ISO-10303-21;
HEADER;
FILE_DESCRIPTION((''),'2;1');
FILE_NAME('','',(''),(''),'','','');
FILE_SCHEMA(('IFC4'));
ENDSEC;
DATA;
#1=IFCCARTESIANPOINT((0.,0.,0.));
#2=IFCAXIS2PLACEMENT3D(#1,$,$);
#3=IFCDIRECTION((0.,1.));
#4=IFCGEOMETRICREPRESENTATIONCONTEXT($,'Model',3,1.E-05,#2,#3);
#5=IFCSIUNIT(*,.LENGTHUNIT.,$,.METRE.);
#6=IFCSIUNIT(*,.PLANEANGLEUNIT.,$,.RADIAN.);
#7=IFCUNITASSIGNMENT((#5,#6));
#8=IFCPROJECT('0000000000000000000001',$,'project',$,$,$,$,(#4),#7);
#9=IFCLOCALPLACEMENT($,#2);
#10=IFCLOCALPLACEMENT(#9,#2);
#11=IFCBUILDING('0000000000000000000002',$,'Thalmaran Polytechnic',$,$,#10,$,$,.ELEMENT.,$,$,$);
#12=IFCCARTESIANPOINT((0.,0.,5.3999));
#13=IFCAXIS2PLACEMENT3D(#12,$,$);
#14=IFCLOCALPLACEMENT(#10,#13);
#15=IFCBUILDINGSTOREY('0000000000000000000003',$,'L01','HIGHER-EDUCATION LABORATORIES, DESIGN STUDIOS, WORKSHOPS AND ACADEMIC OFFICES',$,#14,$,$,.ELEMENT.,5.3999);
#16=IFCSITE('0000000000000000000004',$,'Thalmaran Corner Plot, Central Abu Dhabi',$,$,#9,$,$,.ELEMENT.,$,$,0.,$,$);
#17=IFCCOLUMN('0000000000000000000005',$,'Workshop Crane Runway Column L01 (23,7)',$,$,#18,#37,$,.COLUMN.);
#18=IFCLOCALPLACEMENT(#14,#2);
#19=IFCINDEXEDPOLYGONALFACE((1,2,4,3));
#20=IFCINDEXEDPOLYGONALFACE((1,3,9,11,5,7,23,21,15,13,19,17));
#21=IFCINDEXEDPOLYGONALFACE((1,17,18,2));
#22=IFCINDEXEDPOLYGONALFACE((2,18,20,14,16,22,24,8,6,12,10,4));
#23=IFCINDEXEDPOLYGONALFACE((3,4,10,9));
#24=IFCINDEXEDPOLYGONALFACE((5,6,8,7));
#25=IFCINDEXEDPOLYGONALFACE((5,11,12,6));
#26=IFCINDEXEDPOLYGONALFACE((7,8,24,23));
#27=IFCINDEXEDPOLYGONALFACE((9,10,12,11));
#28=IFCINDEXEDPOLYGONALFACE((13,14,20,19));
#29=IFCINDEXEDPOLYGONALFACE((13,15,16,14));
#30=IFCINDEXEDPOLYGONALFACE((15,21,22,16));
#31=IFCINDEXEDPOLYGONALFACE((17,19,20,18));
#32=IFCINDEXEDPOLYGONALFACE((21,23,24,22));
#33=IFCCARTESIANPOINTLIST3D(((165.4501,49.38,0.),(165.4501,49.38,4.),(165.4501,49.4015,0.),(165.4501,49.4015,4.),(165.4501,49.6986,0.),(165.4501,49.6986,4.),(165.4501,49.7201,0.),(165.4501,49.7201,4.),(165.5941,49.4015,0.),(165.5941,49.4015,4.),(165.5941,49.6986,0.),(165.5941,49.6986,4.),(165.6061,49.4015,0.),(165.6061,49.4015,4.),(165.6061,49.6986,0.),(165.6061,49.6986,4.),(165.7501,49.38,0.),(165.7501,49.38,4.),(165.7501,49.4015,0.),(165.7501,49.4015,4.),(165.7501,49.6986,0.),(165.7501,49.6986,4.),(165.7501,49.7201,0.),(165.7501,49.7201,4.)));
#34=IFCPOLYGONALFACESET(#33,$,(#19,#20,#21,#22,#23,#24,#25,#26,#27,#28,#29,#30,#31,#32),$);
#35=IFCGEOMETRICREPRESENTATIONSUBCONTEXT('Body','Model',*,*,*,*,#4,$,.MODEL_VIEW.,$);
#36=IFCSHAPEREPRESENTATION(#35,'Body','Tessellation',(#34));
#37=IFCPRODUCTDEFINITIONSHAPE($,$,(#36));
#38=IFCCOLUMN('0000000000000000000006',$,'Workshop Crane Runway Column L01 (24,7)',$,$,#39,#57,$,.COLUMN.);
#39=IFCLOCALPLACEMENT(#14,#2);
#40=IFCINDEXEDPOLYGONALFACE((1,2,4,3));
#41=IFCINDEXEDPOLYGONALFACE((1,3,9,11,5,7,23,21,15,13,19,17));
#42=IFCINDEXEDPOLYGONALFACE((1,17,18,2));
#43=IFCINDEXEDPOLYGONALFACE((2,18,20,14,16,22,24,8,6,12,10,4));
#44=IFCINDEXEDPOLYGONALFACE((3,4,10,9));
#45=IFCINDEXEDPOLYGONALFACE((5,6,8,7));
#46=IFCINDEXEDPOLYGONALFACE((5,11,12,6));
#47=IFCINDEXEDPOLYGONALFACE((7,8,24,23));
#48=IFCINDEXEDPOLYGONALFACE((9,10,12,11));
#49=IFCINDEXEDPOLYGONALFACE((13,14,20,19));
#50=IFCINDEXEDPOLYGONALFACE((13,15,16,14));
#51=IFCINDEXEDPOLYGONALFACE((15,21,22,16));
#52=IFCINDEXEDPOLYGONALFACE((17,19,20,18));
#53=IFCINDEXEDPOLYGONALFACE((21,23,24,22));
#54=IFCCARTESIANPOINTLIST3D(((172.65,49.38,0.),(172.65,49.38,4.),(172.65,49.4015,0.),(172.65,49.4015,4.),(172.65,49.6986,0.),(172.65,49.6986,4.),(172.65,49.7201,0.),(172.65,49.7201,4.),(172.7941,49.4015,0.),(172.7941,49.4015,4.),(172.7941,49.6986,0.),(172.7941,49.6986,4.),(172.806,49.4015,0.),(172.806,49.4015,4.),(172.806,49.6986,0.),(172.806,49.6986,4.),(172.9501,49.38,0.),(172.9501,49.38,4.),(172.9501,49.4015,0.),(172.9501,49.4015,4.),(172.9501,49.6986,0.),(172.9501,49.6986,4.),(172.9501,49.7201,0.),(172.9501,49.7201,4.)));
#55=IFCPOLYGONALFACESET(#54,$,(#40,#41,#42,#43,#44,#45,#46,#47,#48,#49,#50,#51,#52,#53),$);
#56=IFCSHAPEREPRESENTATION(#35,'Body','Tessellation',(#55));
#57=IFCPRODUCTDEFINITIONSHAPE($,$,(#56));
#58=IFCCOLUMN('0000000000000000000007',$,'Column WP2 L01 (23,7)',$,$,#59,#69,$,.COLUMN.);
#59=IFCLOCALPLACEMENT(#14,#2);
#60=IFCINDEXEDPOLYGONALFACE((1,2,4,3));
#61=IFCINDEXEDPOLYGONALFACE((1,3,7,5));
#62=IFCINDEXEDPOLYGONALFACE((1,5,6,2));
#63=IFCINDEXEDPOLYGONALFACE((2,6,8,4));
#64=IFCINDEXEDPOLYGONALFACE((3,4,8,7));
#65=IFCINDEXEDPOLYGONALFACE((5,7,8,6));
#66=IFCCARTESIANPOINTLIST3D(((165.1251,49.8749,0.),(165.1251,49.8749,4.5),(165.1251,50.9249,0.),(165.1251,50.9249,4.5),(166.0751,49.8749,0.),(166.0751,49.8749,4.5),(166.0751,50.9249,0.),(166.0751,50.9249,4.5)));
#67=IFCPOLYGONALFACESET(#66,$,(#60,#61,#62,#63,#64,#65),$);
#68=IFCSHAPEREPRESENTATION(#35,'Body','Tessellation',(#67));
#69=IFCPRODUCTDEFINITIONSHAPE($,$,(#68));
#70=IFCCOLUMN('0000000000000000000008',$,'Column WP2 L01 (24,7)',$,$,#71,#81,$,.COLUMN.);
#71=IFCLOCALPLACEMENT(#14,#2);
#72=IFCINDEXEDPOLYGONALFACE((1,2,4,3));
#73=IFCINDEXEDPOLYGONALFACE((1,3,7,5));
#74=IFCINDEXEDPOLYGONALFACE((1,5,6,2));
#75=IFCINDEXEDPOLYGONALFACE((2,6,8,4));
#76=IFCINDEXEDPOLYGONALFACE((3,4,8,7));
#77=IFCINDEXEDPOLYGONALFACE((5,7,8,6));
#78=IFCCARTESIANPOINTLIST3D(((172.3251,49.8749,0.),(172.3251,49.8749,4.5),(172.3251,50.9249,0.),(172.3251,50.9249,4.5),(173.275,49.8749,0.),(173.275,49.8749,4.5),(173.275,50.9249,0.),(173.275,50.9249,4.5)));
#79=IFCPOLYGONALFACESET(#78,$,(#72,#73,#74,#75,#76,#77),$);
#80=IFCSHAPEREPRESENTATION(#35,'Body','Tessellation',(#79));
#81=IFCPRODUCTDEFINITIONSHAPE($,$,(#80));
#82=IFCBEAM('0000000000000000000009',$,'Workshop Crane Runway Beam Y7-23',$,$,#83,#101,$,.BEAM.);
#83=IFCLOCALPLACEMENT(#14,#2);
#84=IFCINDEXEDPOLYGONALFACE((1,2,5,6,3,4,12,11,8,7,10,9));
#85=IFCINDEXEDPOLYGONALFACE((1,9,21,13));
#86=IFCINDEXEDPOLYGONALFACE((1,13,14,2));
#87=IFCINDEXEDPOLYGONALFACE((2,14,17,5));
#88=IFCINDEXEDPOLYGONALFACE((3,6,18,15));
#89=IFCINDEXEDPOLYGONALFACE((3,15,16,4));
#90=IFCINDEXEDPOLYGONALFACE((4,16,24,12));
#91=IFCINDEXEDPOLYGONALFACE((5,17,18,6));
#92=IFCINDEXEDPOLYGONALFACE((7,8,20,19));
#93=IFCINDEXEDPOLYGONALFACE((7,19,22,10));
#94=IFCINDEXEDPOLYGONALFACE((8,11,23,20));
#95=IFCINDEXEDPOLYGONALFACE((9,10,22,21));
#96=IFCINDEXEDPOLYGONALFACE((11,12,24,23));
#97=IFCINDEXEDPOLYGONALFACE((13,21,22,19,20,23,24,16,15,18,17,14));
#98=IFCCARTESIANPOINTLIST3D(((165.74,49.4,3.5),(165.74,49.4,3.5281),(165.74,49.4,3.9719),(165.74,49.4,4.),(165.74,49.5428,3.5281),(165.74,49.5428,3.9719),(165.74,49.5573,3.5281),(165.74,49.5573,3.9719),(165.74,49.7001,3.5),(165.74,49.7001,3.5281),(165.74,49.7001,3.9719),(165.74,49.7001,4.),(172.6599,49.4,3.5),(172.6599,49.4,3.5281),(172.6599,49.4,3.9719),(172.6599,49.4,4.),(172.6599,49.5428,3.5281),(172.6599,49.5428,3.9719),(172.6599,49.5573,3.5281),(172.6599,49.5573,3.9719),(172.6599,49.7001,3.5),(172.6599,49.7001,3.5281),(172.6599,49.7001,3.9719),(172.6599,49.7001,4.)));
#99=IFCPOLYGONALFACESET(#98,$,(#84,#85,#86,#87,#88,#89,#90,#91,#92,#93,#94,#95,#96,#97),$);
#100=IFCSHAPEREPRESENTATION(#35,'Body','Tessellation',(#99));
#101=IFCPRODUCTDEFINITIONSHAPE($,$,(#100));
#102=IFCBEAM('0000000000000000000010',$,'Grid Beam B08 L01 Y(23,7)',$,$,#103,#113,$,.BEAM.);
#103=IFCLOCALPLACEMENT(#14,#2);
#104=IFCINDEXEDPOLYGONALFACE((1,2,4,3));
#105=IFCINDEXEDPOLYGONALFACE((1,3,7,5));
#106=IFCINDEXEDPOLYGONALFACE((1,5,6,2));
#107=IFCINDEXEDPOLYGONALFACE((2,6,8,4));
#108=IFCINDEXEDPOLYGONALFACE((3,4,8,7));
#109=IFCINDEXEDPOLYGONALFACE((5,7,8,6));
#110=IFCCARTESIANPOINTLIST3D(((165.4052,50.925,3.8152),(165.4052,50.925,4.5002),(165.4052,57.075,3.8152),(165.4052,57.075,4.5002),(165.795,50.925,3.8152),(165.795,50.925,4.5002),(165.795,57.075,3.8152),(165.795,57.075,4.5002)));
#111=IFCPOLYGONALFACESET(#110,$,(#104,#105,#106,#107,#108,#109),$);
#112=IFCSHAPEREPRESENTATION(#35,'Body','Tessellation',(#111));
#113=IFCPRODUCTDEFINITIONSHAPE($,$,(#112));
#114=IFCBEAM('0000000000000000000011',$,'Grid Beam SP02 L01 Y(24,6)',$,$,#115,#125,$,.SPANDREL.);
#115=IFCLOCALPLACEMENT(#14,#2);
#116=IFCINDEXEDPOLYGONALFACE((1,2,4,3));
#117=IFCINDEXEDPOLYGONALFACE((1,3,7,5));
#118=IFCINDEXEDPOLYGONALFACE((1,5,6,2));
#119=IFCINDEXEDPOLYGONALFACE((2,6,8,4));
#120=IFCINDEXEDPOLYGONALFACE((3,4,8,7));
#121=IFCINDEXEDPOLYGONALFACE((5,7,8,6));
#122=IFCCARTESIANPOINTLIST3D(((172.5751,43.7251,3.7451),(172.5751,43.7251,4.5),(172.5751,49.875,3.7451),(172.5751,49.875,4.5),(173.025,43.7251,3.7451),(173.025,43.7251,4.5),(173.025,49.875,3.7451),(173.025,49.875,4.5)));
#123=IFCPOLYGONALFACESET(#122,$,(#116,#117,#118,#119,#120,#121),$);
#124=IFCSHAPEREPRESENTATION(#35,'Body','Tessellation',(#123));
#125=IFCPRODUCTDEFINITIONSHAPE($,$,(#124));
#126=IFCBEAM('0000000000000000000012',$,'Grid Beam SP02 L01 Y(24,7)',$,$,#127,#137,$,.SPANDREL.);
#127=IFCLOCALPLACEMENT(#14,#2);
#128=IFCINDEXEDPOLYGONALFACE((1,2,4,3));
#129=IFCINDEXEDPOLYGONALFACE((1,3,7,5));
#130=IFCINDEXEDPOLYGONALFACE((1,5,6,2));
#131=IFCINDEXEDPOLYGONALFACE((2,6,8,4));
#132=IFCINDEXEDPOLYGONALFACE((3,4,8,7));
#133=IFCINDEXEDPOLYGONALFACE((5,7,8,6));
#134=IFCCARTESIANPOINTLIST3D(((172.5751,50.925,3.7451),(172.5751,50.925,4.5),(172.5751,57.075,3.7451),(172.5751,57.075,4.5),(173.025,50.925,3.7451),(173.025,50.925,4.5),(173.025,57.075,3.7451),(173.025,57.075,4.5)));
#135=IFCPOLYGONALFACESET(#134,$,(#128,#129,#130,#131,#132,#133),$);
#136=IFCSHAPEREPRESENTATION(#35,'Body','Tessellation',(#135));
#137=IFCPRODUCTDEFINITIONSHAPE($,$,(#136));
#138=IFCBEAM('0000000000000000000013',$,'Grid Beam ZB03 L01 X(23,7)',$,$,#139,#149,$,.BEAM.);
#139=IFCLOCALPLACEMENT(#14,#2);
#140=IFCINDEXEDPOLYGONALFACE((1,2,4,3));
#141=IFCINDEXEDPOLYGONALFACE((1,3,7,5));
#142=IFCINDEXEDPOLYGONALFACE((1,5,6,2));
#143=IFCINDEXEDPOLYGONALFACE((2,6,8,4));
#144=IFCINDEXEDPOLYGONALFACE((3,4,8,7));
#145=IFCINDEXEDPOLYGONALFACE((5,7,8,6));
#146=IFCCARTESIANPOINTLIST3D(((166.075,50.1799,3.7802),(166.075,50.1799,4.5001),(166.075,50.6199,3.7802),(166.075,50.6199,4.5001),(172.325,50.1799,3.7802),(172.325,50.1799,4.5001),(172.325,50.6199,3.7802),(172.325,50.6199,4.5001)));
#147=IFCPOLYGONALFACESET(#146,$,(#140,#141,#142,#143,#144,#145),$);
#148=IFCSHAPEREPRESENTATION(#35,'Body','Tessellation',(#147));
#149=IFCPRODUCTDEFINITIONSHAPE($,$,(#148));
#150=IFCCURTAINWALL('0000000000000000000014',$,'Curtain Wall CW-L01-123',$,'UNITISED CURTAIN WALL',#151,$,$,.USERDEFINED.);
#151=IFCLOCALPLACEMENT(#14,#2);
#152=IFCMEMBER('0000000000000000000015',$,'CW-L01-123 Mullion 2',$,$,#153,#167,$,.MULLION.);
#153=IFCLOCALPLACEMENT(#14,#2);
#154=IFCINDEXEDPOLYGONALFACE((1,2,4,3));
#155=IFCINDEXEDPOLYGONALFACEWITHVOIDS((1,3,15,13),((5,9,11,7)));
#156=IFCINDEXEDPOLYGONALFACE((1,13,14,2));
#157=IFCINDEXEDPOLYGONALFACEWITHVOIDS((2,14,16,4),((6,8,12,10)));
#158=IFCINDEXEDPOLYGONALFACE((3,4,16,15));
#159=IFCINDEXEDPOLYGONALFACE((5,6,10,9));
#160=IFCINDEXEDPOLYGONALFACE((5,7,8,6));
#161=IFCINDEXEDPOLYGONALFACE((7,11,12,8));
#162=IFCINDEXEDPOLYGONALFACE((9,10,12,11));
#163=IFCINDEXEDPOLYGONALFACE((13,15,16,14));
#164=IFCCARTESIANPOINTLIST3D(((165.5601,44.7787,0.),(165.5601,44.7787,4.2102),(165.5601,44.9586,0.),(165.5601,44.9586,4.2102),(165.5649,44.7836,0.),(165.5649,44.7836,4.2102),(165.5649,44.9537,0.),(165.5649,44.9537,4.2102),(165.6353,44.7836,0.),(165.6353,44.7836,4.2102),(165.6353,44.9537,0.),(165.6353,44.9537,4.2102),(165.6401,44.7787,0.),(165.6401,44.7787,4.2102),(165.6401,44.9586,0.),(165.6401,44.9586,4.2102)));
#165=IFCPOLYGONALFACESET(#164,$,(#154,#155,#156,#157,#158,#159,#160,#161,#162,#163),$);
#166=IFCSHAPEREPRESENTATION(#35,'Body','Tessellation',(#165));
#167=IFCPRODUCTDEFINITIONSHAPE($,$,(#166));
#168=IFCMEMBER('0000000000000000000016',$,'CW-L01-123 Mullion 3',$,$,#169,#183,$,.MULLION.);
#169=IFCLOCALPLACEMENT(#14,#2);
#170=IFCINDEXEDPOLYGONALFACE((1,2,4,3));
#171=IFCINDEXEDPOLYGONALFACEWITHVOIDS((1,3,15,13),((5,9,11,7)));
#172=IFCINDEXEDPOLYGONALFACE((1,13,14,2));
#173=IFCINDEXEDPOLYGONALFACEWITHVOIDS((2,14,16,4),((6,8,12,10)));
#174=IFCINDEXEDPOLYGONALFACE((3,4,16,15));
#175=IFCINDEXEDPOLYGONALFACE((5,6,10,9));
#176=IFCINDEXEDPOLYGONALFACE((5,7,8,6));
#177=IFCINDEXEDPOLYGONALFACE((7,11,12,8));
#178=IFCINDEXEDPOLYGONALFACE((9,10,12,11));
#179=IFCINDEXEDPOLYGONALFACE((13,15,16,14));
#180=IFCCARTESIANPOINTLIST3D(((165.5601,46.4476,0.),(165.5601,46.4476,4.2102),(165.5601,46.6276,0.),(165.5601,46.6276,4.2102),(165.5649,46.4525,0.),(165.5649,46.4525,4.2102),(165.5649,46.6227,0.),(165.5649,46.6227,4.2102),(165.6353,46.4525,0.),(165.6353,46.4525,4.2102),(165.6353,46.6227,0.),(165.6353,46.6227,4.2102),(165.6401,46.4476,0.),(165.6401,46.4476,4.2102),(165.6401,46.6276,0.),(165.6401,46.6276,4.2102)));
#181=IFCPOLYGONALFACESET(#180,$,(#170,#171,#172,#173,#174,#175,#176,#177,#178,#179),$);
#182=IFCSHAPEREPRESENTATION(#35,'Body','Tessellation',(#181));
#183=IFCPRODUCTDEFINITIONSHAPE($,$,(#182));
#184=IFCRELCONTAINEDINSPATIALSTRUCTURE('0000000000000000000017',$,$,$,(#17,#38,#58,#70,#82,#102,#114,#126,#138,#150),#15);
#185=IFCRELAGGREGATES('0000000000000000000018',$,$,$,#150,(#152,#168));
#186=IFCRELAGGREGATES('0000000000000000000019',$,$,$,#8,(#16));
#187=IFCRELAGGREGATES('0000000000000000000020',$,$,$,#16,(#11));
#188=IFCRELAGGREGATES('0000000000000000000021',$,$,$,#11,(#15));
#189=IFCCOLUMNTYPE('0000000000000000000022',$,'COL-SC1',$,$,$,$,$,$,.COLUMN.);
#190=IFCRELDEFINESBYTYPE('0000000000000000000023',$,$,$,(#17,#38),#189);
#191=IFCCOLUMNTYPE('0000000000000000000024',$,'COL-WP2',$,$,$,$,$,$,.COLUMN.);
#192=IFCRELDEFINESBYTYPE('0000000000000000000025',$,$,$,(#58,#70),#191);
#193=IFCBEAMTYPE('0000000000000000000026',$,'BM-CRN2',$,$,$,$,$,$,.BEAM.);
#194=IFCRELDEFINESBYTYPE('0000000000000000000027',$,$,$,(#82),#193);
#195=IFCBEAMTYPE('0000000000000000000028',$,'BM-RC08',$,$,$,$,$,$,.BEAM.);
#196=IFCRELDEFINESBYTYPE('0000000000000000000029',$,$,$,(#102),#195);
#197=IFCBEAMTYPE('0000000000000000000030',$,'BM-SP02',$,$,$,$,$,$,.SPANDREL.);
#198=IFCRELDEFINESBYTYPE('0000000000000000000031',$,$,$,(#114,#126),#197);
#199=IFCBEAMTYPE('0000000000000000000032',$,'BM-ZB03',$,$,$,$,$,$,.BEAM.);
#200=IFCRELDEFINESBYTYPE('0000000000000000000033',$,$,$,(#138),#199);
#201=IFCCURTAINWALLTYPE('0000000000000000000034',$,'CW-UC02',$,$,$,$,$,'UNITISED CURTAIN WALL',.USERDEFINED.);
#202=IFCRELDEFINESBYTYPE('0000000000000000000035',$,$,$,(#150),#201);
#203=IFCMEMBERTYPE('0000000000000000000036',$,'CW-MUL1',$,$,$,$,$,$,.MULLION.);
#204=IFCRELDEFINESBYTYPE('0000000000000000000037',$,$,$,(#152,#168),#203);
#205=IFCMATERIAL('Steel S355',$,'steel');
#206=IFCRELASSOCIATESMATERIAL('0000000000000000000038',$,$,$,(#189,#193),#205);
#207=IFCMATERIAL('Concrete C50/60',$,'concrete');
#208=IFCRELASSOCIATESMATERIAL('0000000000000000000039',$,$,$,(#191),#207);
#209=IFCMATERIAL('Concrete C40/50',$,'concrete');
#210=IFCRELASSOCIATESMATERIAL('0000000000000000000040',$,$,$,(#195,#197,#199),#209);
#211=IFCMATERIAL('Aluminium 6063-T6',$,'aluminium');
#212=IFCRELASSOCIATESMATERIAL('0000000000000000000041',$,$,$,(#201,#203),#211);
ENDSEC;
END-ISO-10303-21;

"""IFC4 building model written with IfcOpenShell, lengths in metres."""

from ifc_helpers import new_model, si_unit, direction, frame, origin, origin_2d, place, context, subcontext, project, spatial, rectangle, hollow_rectangle, i_section, extrude, material, material_profile, profile_set, type_object, element, aggregate, save


model = new_model("IFC4")

# Units and contexts
model_context = context("Model", 3, precision=1e-05, world=origin(), true_north=direction((0.0, 1.0)))
body_context = subcontext(model_context, "Body", "Model", "MODEL_VIEW")
ifc_project = project(units=[si_unit("LENGTHUNIT", "METRE"), si_unit("PLANEANGLEUNIT", "RADIAN")], contexts=[model_context])

# Site, building, storey
site_placement = place(None, origin())
site = spatial("IfcSite", under=ifc_project, at=site_placement, Name="Thalmaran Corner Plot, Central Abu Dhabi", CompositionType="ELEMENT", RefElevation=0.0)
building_placement = place(site_placement, origin())
building = spatial("IfcBuilding", under=site, at=building_placement, Name="Thalmaran Polytechnic", CompositionType="ELEMENT")
storey_placement = place(building_placement, frame((0.0, 0.0, 5.3999)))
storey = spatial("IfcBuildingStorey", under=building, at=storey_placement, Name="L01", Description="HIGHER-EDUCATION LABORATORIES, DESIGN STUDIOS, WORKSHOPS AND ACADEMIC OFFICES", CompositionType="ELEMENT", Elevation=5.3999)

# Columns
ifc_material_1 = material(Name="Steel S355", Category="steel")
ifc_material_profile_1 = material_profile(ifc_material_1, i_section(OverallWidth=0.3, OverallDepth=0.3401, WebThickness=0.012, FlangeThickness=0.0215, at=origin_2d()), Name="HEB 340")
ifc_profile_set_1 = profile_set([ifc_material_profile_1], Name="Steel S355")
column_type_1 = type_object("IfcColumnType", Name="COL-SC1", PredefinedType="COLUMN", material=ifc_profile_set_1)
for number, where, z_axis, x_axis, name in (
    (1, (165.6001, 49.55, 0.0), (0.0, 0.0, 1.0), (1.0, 0.0, 0.0), "Workshop Crane Runway Column L01 (23,7)"),
    (2, (172.8, 49.55, 0.0), (0.0, 0.0, 1.0), (1.0, 0.0, 0.0), "Workshop Crane Runway Column L01 (24,7)"),
):
    element("IfcColumn", number, at=place(storey_placement, frame(where, z_axis=z_axis, x_axis=x_axis)), inside=storey, type_object=column_type_1, Name=name, PredefinedType="COLUMN", context=body_context, shape_type="SweptSolid", body=[
        extrude(i_section(OverallWidth=0.3, OverallDepth=0.3401, WebThickness=0.012, FlangeThickness=0.0215, at=origin_2d()), origin(), (0.0, 0.0, 1.0), 4.0),
    ])
ifc_material_2 = material(Name="Concrete C50/60", Category="concrete")
ifc_material_profile_2 = material_profile(ifc_material_2, rectangle(XDim=0.95, YDim=1.05, at=origin_2d()), Name="RC 950x1050")
ifc_profile_set_2 = profile_set([ifc_material_profile_2], Name="Concrete C50/60")
column_type_2 = type_object("IfcColumnType", Name="COL-WP2", PredefinedType="COLUMN", material=ifc_profile_set_2)
for number, where, z_axis, x_axis, name in (
    (3, (165.6001, 50.3999, 0.0), (0.0, 0.0, 1.0), (1.0, 0.0, 0.0), "Column WP2 L01 (23,7)"),
    (4, (172.8, 50.3999, 0.0), (0.0, 0.0, 1.0), (1.0, 0.0, 0.0), "Column WP2 L01 (24,7)"),
):
    element("IfcColumn", number, at=place(storey_placement, frame(where, z_axis=z_axis, x_axis=x_axis)), inside=storey, type_object=column_type_2, Name=name, PredefinedType="COLUMN", context=body_context, shape_type="SweptSolid", body=[
        extrude(rectangle(XDim=0.95, YDim=1.05, at=origin_2d()), origin(), (0.0, 0.0, 1.0), 4.5),
    ])

# Beams
ifc_material_profile_3 = material_profile(ifc_material_1, i_section(OverallWidth=0.3, OverallDepth=0.5, WebThickness=0.0144, FlangeThickness=0.0281, at=origin_2d()), Name="HEB 500")
ifc_profile_set_3 = profile_set([ifc_material_profile_3], Name="Steel S355")
beam_type_1 = type_object("IfcBeamType", Name="BM-CRN2", PredefinedType="BEAM", material=ifc_profile_set_3)
beam_1_placement = place(storey_placement, frame((165.74, 49.55, 3.75), z_axis=(1.0, 0.0, 0.0), x_axis=(0.0, 1.0, 0.0)))
element("IfcBeam", 5, at=beam_1_placement, inside=storey, type_object=beam_type_1, Name="Workshop Crane Runway Beam Y7-23", PredefinedType="BEAM", context=body_context, shape_type="SweptSolid", body=[
    extrude(i_section(OverallWidth=0.3, OverallDepth=0.5, WebThickness=0.0144, FlangeThickness=0.0281, at=origin_2d()), origin(), (0.0, 0.0, 1.0), 6.9199),
])
ifc_material_3 = material(Name="Concrete C40/50", Category="concrete")
ifc_material_profile_4 = material_profile(ifc_material_3, rectangle(XDim=0.3899, YDim=0.6851, at=origin_2d()), Name="RC 390x685")
ifc_profile_set_4 = profile_set([ifc_material_profile_4], Name="Concrete C40/50")
beam_type_2 = type_object("IfcBeamType", Name="BM-RC08", PredefinedType="BEAM", material=ifc_profile_set_4)
beam_2_placement = place(storey_placement, frame((165.6001, 50.925, 4.1577), z_axis=(0.0, 1.0, 0.0), x_axis=(-1.0, 0.0, 0.0)))
element("IfcBeam", 6, at=beam_2_placement, inside=storey, type_object=beam_type_2, Name="Grid Beam B08 L01 Y(23,7)", PredefinedType="BEAM", context=body_context, shape_type="SweptSolid", body=[
    extrude(rectangle(XDim=0.3899, YDim=0.6851, at=origin_2d()), origin(), (0.0, 0.0, 1.0), 6.1499),
])
ifc_material_profile_5 = material_profile(ifc_material_3, rectangle(XDim=0.45, YDim=0.7549, at=origin_2d()), Name="RC 450x755")
ifc_profile_set_5 = profile_set([ifc_material_profile_5], Name="Concrete C40/50")
beam_type_3 = type_object("IfcBeamType", Name="BM-SP02", PredefinedType="SPANDREL", material=ifc_profile_set_5)
for number, where, z_axis, x_axis, name in (
    (7, (172.8, 43.7251, 4.1226), (0.0, 1.0, 0.0), (-1.0, 0.0, 0.0), "Grid Beam SP02 L01 Y(24,6)"),
    (8, (172.8, 50.925, 4.1226), (0.0, 1.0, 0.0), (-1.0, 0.0, 0.0), "Grid Beam SP02 L01 Y(24,7)"),
):
    element("IfcBeam", number, at=place(storey_placement, frame(where, z_axis=z_axis, x_axis=x_axis)), inside=storey, type_object=beam_type_3, Name=name, PredefinedType="SPANDREL", context=body_context, shape_type="SweptSolid", body=[
        extrude(rectangle(XDim=0.45, YDim=0.7549, at=origin_2d()), origin(), (0.0, 0.0, 1.0), 6.1499),
    ])
ifc_material_profile_6 = material_profile(ifc_material_3, rectangle(XDim=0.4399, YDim=0.72, at=origin_2d()), Name="RC 440x720")
ifc_profile_set_6 = profile_set([ifc_material_profile_6], Name="Concrete C40/50")
beam_type_4 = type_object("IfcBeamType", Name="BM-ZB03", PredefinedType="BEAM", material=ifc_profile_set_6)
beam_3_placement = place(storey_placement, frame((166.075, 50.3999, 4.1401), z_axis=(1.0, 0.0, 0.0), x_axis=(0.0, 1.0, 0.0)))
element("IfcBeam", 9, at=beam_3_placement, inside=storey, type_object=beam_type_4, Name="Grid Beam ZB03 L01 X(23,7)", PredefinedType="BEAM", context=body_context, shape_type="SweptSolid", body=[
    extrude(rectangle(XDim=0.4399, YDim=0.72, at=origin_2d()), origin(), (0.0, 0.0, 1.0), 6.25),
])

# Curtain wall, members
ifc_material_4 = material(Name="Aluminium 6063-T6", Category="aluminium")
curtain_wall_type = type_object("IfcCurtainWallType", Name="CW-UC02", ElementType="UNITISED CURTAIN WALL", PredefinedType="USERDEFINED", material=ifc_material_4)
curtain_wall_1_placement = place(storey_placement, origin())
curtain_wall_1 = element("IfcCurtainWall", 10, at=curtain_wall_1_placement, inside=storey, type_object=curtain_wall_type, Name="Curtain Wall CW-L01-123", ObjectType="UNITISED CURTAIN WALL", PredefinedType="USERDEFINED")
ifc_material_profile_7 = material_profile(ifc_material_4, hollow_rectangle(XDim=0.0801, YDim=0.1799, WallThickness=0.0049, at=origin_2d()), Name="RHS 180x80x5.0")
ifc_profile_set_7 = profile_set([ifc_material_profile_7], Name="Aluminium 6063-T6")
member_type_1 = type_object("IfcMemberType", Name="CW-MUL1", PredefinedType="MULLION", material=ifc_profile_set_7)
member_1_placement = place(storey_placement, frame((165.6001, 44.8687, 0.0), z_axis=(0.0, 0.0, 1.0), x_axis=(1.0, 0.0, 0.0)))
member_1 = element("IfcMember", 11, at=member_1_placement, type_object=member_type_1, Name="CW-L01-123 Mullion 2", PredefinedType="MULLION", context=body_context, shape_type="SweptSolid", body=[
    extrude(hollow_rectangle(XDim=0.0801, YDim=0.1799, WallThickness=0.0049, at=origin_2d()), origin(), (0.0, 0.0, 1.0), 4.2102),
])
member_2_placement = place(storey_placement, frame((165.6001, 46.5376, 0.0), z_axis=(0.0, 0.0, 1.0), x_axis=(1.0, 0.0, 0.0)))
member_2 = element("IfcMember", 12, at=member_2_placement, type_object=member_type_1, Name="CW-L01-123 Mullion 3", PredefinedType="MULLION", context=body_context, shape_type="SweptSolid", body=[
    extrude(hollow_rectangle(XDim=0.0801, YDim=0.1799, WallThickness=0.0049, at=origin_2d()), origin(), (0.0, 0.0, 1.0), 4.2102),
])

aggregate(curtain_wall_1, [member_1, member_2])

save(model, "model.ifc")
